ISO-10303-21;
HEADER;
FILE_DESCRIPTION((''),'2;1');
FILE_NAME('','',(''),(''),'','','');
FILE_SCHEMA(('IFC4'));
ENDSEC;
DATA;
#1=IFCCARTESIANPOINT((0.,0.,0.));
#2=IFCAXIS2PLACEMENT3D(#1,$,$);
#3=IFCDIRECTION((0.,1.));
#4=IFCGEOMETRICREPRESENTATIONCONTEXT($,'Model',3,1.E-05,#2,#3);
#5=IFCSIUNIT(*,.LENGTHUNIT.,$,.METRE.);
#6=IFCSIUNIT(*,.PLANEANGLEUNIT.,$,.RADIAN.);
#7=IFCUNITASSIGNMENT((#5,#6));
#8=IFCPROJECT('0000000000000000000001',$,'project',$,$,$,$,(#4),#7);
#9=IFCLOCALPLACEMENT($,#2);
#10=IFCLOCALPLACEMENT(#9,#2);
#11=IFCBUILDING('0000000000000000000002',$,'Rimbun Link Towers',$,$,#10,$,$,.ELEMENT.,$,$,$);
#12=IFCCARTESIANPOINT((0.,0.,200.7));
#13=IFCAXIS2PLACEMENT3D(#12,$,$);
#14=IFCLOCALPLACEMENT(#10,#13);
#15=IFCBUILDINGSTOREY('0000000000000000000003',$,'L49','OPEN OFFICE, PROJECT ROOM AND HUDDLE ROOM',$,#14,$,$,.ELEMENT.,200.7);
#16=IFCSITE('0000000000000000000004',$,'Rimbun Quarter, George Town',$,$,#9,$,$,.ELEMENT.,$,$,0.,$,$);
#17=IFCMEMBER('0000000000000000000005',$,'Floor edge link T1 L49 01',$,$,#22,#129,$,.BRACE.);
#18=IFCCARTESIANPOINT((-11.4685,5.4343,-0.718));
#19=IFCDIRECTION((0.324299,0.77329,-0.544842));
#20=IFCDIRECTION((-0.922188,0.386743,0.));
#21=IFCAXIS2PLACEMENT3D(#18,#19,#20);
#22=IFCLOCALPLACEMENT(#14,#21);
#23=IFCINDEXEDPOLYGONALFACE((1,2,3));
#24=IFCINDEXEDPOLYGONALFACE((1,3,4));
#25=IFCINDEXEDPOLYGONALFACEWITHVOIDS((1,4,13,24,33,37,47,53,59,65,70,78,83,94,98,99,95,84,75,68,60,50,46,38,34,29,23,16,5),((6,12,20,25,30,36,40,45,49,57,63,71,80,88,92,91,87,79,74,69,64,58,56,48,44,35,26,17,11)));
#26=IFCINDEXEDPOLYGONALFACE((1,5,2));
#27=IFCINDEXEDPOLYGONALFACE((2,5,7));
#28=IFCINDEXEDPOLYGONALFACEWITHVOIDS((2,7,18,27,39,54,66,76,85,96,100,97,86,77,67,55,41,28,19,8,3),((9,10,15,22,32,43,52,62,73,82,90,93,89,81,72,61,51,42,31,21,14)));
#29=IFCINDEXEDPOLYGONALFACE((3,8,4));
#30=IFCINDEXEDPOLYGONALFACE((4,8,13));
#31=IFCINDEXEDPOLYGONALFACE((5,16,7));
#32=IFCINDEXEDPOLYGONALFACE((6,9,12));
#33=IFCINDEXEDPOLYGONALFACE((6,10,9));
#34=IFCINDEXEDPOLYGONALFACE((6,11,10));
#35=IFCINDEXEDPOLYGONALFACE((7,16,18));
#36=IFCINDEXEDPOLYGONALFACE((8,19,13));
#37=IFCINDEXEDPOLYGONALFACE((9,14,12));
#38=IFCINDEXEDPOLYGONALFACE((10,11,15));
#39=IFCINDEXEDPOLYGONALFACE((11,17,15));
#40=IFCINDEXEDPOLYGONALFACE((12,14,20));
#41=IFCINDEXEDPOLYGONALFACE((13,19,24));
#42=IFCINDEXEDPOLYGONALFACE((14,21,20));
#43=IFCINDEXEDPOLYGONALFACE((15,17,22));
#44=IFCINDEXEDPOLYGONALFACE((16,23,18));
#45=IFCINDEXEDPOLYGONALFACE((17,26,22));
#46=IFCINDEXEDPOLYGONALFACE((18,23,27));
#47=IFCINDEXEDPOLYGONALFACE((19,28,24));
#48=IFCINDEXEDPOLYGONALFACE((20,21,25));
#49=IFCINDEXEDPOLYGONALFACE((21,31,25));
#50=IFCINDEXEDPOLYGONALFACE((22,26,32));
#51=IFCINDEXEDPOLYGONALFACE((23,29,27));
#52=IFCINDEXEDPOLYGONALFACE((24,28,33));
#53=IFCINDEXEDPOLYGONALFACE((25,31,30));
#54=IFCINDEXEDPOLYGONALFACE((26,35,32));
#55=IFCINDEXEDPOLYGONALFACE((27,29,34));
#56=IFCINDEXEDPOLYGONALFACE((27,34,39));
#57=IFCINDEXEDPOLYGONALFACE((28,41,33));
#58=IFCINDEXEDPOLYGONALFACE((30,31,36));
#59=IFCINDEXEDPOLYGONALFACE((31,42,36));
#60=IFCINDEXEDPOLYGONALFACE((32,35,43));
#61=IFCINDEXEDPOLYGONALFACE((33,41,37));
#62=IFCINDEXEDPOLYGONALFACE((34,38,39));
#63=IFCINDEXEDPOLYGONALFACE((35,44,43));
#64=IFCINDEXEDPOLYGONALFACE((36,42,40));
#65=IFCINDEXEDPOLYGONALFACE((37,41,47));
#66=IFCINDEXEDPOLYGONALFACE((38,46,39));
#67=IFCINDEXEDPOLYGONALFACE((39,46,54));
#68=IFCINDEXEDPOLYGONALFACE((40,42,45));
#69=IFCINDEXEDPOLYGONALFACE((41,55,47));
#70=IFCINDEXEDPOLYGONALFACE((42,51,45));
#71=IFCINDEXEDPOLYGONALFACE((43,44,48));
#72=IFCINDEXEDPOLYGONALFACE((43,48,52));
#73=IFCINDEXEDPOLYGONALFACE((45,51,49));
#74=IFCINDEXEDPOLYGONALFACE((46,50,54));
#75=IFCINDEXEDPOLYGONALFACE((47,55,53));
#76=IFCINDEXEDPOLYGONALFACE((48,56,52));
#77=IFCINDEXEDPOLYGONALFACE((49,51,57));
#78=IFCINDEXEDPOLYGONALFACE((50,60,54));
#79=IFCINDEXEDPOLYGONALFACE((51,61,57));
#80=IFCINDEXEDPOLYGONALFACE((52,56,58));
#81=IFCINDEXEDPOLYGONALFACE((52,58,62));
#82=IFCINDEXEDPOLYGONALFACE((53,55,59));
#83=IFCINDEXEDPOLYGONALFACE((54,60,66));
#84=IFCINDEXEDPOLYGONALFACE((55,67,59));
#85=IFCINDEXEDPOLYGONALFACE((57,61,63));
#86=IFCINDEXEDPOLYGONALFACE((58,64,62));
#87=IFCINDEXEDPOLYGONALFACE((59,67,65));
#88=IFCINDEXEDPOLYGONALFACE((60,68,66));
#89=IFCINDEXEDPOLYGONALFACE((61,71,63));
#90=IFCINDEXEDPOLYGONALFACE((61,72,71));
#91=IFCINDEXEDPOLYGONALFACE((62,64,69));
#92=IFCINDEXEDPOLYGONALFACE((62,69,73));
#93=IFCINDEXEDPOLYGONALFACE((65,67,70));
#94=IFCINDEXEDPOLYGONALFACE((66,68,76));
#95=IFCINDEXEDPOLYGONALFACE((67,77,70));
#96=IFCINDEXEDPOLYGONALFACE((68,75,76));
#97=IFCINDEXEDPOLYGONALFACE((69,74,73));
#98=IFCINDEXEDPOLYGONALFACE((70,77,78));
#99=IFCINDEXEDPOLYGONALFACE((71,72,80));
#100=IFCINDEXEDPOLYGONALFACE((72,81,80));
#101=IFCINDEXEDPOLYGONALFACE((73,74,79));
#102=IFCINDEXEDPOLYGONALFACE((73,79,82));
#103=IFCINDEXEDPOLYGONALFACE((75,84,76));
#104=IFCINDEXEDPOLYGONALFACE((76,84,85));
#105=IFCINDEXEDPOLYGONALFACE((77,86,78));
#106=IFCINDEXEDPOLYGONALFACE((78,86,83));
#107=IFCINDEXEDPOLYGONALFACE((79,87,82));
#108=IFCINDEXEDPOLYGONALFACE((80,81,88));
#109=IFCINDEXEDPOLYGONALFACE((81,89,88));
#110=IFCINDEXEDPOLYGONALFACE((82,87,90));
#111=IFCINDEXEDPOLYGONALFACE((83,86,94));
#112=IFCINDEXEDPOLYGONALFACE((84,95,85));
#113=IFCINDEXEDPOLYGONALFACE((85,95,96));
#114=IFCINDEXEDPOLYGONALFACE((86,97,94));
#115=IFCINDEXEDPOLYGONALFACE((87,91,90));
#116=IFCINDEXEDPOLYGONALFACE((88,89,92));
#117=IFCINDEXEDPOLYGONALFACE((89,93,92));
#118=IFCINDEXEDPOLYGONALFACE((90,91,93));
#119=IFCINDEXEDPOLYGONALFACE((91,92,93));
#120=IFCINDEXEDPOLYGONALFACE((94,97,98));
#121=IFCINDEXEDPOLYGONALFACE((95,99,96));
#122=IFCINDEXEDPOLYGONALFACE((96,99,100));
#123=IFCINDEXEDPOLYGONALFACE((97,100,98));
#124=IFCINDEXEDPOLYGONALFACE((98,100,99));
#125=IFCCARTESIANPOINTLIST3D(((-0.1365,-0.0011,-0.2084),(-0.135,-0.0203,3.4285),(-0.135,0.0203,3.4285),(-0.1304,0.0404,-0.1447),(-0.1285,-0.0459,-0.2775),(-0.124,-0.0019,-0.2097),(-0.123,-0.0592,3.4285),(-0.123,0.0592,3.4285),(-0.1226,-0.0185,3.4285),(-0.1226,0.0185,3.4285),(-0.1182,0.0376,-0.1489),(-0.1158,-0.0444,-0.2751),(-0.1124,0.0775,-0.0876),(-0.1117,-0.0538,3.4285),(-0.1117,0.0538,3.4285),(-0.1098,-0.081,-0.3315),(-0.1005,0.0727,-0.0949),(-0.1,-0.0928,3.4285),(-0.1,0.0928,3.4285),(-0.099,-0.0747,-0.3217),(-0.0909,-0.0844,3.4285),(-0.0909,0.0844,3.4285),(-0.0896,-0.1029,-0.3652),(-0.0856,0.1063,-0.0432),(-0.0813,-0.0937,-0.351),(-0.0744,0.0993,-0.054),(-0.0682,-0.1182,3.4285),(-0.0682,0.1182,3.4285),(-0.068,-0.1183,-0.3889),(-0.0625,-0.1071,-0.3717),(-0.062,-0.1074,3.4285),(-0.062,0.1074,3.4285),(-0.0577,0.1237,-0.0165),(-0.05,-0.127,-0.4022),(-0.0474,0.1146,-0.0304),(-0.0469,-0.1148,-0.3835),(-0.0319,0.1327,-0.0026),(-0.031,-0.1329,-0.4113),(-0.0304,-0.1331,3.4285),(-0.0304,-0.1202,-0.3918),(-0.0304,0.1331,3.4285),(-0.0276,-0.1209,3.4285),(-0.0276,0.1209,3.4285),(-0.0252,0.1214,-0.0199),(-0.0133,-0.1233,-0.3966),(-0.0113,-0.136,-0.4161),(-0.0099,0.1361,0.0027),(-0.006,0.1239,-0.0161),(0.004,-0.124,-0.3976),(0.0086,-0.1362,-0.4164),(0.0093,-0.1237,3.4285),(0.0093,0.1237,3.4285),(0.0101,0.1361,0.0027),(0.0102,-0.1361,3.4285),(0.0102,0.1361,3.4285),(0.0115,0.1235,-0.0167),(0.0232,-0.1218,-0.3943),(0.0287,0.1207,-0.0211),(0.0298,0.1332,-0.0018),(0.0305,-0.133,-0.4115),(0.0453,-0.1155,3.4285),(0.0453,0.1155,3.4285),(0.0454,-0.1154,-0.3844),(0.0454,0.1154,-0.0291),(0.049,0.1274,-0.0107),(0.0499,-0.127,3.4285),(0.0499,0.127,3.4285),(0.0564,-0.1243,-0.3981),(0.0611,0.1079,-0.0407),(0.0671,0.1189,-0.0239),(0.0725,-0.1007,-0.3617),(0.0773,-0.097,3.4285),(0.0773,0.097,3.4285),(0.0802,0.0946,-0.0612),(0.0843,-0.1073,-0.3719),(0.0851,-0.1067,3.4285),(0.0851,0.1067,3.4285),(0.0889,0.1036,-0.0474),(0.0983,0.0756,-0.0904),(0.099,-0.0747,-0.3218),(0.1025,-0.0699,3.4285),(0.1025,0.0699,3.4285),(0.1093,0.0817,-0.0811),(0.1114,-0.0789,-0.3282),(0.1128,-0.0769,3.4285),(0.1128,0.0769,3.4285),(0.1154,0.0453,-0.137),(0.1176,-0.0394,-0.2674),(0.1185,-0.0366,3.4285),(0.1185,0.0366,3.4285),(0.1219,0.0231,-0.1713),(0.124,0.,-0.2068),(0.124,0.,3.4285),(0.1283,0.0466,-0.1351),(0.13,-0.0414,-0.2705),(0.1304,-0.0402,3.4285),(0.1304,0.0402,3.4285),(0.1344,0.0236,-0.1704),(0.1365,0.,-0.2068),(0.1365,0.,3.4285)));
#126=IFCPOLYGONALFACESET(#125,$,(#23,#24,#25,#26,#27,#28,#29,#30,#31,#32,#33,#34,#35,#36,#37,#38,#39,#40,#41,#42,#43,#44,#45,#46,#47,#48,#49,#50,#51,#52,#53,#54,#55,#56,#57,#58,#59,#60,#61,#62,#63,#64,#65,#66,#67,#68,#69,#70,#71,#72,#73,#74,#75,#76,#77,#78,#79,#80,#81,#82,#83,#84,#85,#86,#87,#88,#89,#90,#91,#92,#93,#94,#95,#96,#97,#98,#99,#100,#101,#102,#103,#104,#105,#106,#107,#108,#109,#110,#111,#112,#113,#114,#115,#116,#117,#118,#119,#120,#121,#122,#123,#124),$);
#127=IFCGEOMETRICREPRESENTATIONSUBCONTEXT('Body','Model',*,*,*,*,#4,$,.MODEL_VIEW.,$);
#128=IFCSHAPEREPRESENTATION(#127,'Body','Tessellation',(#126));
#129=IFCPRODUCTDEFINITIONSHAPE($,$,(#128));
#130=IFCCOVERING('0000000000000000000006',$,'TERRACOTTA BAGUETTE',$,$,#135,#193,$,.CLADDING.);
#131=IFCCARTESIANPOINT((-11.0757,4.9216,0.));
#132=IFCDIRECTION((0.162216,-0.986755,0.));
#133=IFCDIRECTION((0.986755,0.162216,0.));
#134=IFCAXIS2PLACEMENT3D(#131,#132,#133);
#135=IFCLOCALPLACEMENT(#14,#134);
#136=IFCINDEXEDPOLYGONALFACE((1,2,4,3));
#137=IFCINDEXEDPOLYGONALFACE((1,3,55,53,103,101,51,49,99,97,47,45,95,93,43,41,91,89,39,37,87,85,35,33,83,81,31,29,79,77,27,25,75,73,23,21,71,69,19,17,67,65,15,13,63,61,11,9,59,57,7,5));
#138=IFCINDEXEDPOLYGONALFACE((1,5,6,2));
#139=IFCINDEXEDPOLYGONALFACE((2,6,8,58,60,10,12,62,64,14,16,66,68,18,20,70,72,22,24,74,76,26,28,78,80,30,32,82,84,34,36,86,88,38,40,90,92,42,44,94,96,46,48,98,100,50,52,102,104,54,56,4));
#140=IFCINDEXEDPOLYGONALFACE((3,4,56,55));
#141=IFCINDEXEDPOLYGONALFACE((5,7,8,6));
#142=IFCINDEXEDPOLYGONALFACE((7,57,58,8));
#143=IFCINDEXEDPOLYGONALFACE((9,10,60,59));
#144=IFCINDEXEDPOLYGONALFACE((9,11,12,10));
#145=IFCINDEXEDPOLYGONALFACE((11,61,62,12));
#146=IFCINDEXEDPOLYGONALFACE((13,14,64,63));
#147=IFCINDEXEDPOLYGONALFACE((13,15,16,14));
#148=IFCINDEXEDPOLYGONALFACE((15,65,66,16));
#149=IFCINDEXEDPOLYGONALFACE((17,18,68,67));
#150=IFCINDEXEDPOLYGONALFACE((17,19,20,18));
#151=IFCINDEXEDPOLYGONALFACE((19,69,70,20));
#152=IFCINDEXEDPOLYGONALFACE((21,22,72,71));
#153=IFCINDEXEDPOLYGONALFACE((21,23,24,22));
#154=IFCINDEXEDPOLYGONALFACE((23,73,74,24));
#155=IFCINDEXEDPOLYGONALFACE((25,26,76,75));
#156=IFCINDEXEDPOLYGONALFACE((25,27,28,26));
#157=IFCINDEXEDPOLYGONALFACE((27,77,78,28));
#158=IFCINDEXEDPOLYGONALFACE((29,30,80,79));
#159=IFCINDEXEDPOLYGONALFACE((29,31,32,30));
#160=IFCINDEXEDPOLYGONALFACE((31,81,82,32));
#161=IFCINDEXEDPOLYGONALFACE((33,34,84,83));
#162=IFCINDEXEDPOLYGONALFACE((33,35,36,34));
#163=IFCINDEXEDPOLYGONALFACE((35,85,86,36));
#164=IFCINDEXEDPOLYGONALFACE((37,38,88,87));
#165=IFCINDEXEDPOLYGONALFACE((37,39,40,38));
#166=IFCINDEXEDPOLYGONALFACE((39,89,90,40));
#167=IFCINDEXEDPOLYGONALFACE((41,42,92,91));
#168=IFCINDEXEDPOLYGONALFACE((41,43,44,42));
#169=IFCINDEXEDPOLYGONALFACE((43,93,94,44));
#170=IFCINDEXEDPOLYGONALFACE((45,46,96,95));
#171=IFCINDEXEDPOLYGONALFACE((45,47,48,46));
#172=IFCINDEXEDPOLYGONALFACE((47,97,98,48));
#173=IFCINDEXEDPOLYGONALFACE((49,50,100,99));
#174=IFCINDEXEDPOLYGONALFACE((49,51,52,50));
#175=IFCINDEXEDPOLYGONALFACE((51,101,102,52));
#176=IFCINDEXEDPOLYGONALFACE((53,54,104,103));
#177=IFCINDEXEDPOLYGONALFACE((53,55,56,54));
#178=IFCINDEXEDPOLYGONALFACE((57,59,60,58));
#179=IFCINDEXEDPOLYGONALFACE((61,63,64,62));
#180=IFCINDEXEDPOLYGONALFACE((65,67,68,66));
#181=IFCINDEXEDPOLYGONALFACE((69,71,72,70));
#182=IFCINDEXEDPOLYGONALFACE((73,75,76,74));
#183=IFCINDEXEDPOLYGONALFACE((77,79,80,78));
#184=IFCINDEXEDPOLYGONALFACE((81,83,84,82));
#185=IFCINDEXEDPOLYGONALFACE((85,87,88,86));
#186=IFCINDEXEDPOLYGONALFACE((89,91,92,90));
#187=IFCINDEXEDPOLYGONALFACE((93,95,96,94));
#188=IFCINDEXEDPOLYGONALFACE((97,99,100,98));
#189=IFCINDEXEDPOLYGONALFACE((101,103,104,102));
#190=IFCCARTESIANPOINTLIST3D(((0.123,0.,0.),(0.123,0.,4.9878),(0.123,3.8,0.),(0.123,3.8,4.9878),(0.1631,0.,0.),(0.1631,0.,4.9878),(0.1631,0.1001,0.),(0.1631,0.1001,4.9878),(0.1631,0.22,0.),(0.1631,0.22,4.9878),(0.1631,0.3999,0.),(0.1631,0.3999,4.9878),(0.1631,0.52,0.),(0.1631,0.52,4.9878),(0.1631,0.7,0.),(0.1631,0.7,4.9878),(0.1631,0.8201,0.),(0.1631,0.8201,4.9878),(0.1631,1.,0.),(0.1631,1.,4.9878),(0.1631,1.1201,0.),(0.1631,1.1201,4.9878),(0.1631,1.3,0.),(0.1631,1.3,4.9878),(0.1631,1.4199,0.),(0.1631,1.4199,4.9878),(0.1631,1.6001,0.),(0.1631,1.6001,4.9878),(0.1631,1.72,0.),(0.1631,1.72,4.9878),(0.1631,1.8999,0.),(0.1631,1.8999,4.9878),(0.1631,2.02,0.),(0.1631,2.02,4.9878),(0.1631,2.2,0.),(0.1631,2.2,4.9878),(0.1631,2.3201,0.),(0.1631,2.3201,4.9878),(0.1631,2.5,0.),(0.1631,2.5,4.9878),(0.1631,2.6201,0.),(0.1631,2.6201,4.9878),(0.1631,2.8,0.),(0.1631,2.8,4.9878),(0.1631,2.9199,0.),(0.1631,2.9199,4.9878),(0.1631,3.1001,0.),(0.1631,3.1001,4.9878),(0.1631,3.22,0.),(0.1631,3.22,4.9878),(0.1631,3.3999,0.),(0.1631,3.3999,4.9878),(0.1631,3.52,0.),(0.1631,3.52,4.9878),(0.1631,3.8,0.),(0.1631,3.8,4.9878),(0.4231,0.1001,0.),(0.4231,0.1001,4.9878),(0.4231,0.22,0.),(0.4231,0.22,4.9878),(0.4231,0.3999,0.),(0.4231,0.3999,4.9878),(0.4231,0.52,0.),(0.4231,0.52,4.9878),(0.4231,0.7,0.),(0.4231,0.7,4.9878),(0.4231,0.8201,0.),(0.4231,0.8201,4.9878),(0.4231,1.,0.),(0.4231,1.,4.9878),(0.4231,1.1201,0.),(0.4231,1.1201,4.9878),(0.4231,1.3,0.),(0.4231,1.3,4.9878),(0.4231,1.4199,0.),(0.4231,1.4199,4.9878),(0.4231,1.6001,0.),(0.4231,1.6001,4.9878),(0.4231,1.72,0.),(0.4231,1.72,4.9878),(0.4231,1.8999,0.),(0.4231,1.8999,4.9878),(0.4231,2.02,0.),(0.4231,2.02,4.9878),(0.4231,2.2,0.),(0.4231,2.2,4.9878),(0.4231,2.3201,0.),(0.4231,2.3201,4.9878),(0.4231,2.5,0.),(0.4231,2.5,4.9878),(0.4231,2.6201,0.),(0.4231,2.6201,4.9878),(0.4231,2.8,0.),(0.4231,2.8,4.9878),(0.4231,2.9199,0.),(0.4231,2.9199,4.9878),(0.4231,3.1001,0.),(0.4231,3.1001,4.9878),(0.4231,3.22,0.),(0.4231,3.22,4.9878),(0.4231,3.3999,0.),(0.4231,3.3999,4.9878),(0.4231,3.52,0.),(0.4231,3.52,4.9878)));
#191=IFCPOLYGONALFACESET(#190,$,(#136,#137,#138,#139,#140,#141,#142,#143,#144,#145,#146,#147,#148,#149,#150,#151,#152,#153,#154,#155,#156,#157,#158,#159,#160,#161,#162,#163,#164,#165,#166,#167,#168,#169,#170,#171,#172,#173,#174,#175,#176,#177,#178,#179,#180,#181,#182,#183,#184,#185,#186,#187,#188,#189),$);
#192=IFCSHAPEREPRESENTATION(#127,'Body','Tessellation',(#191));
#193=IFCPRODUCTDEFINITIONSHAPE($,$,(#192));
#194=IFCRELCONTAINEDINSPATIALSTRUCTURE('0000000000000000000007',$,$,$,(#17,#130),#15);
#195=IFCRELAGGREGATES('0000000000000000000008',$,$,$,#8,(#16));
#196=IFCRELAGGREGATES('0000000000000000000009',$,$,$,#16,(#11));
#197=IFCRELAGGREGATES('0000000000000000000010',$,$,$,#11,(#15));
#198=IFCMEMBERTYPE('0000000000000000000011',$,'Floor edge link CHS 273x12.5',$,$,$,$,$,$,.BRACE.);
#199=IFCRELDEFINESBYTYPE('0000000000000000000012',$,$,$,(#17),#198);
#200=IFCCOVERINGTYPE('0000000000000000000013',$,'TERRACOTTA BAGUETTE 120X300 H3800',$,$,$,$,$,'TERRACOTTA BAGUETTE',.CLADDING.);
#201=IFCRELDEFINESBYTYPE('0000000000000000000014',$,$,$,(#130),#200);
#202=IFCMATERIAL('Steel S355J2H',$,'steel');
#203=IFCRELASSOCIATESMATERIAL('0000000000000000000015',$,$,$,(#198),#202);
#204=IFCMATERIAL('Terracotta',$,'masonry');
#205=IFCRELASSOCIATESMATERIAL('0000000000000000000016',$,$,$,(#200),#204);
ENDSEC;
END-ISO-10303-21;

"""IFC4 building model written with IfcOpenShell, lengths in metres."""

from ifc_helpers import new_model, si_unit, direction, frame, origin, origin_2d, place, context, subcontext, project, spatial, polyline, hollow_circle, outline, extrude, clip, halfspace, material, material_profile, profile_set, type_object, element, save


model = new_model("IFC4")

# Units and contexts
model_context = context("Model", 3, precision=1e-05, world=origin(), true_north=direction((0.0, 1.0)))
body_context = subcontext(model_context, "Body", "Model", "MODEL_VIEW")
ifc_project = project(units=[si_unit("LENGTHUNIT", "METRE"), si_unit("PLANEANGLEUNIT", "RADIAN")], contexts=[model_context])

# Site, building, storey
site_placement = place(None, origin())
site = spatial("IfcSite", under=ifc_project, at=site_placement, Name="Rimbun Quarter, George Town", CompositionType="ELEMENT", RefElevation=0.0)
building_placement = place(site_placement, origin())
building = spatial("IfcBuilding", under=site, at=building_placement, Name="Rimbun Link Towers", CompositionType="ELEMENT")
storey_placement = place(building_placement, frame((0.0, 0.0, 200.7)))
storey = spatial("IfcBuildingStorey", under=building, at=storey_placement, Name="L49", Description="OPEN OFFICE, PROJECT ROOM AND HUDDLE ROOM", CompositionType="ELEMENT", Elevation=200.7)

# Member
ifc_material_1 = material(Name="Steel S355J2H", Category="steel")
ifc_material_profile_1 = material_profile(ifc_material_1, hollow_circle(Radius=0.1365, WallThickness=0.0125, at=origin_2d()), Name="CHS 273x12.5")
ifc_profile_set_1 = profile_set([ifc_material_profile_1], Name="Steel S355J2H")
member_type_1 = type_object("IfcMemberType", Name="Floor edge link CHS 273x12.5", PredefinedType="BRACE", material=ifc_profile_set_1)
member_1_placement = place(storey_placement, frame((-11.4685, 5.4343, -0.718), z_axis=(0.324299, 0.77329, -0.544842), x_axis=(-0.922188, 0.386743, 0.0)))
element("IfcMember", 1, at=member_1_placement, inside=storey, type_object=member_type_1, Name="Floor edge link T1 L49 01", PredefinedType="BRACE", context=body_context, shape_type="Clipping", body=[
    clip(extrude(hollow_circle(Radius=0.1365, WallThickness=0.0125, at=origin_2d()), frame((0.0, 0.0, -0.4385)), (0.0, 0.0, 1.0), 3.8669), halfspace(frame((0.0, 0.0, -0.2068), z_axis=(0.0, 0.838539, -0.544842)), False)),
])

# Covering
ifc_material_2 = material(Name="Terracotta", Category="masonry")
ifc_material_profile_2 = material_profile(ifc_material_2, outline(polyline([(0.123, 0.0), (0.1631, 0.0), (0.1631, 0.1001), (0.4231, 0.1001), (0.4231, 0.22), (0.1631, 0.22), (0.1631, 0.3999), (0.4231, 0.3999), (0.4231, 0.52), (0.1631, 0.52), (0.1631, 0.7), (0.4231, 0.7), (0.4231, 0.8201), (0.1631, 0.8201), (0.1631, 1.0), (0.4231, 1.0), (0.4231, 1.1201), (0.1631, 1.1201), (0.1631, 1.3), (0.4231, 1.3), (0.4231, 1.4199), (0.1631, 1.4199), (0.1631, 1.6001), (0.4231, 1.6001), (0.4231, 1.72), (0.1631, 1.72), (0.1631, 1.8999), (0.4231, 1.8999), (0.4231, 2.02), (0.1631, 2.02), (0.1631, 2.2), (0.4231, 2.2), (0.4231, 2.3201), (0.1631, 2.3201), (0.1631, 2.5), (0.4231, 2.5), (0.4231, 2.6201), (0.1631, 2.6201), (0.1631, 2.8), (0.4231, 2.8), (0.4231, 2.9199), (0.1631, 2.9199), (0.1631, 3.1001), (0.4231, 3.1001), (0.4231, 3.22), (0.1631, 3.22), (0.1631, 3.3999), (0.4231, 3.3999), (0.4231, 3.52), (0.1631, 3.52), (0.1631, 3.8), (0.123, 3.8), (0.123, 0.0)])), Name="BAGUETTE 120X300")
ifc_profile_set_2 = profile_set([ifc_material_profile_2], Name="Terracotta")
covering_type = type_object("IfcCoveringType", Name="TERRACOTTA BAGUETTE 120X300 H3800", ElementType="TERRACOTTA BAGUETTE", PredefinedType="CLADDING", material=ifc_profile_set_2)
covering_1_placement = place(storey_placement, frame((-11.0757, 4.9216, 0.0), z_axis=(0.162216, -0.986755, 0.0), x_axis=(0.986755, 0.162216, 0.0)))
element("IfcCovering", 2, at=covering_1_placement, inside=storey, type_object=covering_type, Name="TERRACOTTA BAGUETTE", PredefinedType="CLADDING", context=body_context, shape_type="SweptSolid", body=[
    extrude(outline(polyline([(0.123, 0.0), (0.1631, 0.0), (0.1631, 0.1001), (0.4231, 0.1001), (0.4231, 0.22), (0.1631, 0.22), (0.1631, 0.3999), (0.4231, 0.3999), (0.4231, 0.52), (0.1631, 0.52), (0.1631, 0.7), (0.4231, 0.7), (0.4231, 0.8201), (0.1631, 0.8201), (0.1631, 1.0), (0.4231, 1.0), (0.4231, 1.1201), (0.1631, 1.1201), (0.1631, 1.3), (0.4231, 1.3), (0.4231, 1.4199), (0.1631, 1.4199), (0.1631, 1.6001), (0.4231, 1.6001), (0.4231, 1.72), (0.1631, 1.72), (0.1631, 1.8999), (0.4231, 1.8999), (0.4231, 2.02), (0.1631, 2.02), (0.1631, 2.2), (0.4231, 2.2), (0.4231, 2.3201), (0.1631, 2.3201), (0.1631, 2.5), (0.4231, 2.5), (0.4231, 2.6201), (0.1631, 2.6201), (0.1631, 2.8), (0.4231, 2.8), (0.4231, 2.9199), (0.1631, 2.9199), (0.1631, 3.1001), (0.4231, 3.1001), (0.4231, 3.22), (0.1631, 3.22), (0.1631, 3.3999), (0.4231, 3.3999), (0.4231, 3.52), (0.1631, 3.52), (0.1631, 3.8), (0.123, 3.8), (0.123, 0.0)])), origin(), (0.0, 0.0, 1.0), 4.9878),
])

save(model, "model.ifc")
